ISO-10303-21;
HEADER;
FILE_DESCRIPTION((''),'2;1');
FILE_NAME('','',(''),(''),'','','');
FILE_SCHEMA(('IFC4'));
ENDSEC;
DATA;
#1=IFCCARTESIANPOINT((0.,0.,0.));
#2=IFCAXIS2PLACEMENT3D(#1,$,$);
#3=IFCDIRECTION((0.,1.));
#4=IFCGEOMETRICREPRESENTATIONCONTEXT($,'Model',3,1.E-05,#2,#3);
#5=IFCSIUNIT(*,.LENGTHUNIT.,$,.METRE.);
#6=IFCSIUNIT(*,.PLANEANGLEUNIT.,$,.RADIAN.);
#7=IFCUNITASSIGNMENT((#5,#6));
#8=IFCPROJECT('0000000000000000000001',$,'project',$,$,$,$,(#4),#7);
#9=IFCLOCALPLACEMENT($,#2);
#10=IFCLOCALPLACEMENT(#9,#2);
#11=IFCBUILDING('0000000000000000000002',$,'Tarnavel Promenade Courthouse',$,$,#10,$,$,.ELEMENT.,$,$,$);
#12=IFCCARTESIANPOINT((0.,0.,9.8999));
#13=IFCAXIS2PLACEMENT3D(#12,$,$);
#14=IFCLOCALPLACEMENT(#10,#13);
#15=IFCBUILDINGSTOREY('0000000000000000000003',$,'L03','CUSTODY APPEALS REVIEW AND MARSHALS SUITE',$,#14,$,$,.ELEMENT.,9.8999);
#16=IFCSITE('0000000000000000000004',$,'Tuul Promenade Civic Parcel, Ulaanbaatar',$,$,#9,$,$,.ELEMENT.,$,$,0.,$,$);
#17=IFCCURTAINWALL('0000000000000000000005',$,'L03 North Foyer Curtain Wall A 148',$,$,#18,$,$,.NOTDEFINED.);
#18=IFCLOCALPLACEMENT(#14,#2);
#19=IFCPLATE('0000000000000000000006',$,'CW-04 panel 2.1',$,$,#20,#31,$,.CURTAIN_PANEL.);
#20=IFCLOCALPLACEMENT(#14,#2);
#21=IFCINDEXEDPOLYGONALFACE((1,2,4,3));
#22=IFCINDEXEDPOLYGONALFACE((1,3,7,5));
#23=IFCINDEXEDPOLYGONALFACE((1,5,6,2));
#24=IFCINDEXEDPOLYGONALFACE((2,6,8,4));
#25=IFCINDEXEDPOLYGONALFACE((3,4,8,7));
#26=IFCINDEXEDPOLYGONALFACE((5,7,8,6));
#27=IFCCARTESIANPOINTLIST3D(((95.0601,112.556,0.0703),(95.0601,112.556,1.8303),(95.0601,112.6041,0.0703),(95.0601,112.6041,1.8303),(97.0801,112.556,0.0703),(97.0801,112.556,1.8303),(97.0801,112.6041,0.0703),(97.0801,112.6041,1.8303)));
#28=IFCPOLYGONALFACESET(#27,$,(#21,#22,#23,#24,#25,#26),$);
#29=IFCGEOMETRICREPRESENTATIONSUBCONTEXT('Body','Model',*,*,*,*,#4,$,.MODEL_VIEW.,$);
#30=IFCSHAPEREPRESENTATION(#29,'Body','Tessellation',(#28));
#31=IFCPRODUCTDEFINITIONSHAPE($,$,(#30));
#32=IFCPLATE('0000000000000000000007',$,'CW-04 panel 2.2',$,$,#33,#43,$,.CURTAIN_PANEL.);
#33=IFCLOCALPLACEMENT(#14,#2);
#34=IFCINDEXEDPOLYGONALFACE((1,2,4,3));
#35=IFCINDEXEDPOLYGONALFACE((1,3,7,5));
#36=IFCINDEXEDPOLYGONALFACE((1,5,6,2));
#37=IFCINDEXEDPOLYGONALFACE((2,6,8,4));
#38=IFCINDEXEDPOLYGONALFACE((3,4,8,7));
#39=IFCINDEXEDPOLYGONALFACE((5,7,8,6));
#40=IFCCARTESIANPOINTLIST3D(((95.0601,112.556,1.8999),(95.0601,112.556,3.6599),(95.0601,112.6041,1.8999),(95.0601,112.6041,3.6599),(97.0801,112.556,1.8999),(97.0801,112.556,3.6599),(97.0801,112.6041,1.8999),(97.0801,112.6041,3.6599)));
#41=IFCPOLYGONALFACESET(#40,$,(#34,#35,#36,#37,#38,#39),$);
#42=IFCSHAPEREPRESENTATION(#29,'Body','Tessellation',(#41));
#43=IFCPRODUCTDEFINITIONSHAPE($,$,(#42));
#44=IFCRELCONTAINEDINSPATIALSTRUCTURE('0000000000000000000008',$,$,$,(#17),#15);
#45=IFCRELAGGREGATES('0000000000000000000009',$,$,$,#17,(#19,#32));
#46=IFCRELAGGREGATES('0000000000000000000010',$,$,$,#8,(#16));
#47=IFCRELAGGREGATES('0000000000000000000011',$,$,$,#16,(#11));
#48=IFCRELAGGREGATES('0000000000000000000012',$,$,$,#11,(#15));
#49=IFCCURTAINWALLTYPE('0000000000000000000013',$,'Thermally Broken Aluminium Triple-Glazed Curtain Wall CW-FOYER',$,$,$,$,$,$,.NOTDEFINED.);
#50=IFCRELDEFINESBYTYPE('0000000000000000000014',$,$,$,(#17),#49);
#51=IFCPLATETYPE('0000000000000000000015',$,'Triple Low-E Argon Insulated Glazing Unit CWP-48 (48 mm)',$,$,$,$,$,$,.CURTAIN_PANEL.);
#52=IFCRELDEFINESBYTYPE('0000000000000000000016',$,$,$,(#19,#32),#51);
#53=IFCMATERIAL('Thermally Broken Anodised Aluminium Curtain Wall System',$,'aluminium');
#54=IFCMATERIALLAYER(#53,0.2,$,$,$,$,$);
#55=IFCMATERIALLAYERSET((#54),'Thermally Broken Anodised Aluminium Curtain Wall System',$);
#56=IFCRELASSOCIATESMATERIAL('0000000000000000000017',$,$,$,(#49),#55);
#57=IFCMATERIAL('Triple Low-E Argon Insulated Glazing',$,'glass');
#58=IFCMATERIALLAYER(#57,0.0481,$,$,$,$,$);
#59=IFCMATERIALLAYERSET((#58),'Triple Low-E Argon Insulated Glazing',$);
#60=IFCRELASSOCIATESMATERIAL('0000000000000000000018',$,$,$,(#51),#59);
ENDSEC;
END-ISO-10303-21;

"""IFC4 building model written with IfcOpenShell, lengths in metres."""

from ifc_helpers import new_model, si_unit, direction, frame, origin, origin_2d, place, context, subcontext, project, spatial, rectangle, extrude, material, layer, layer_set, type_object, element, aggregate, save


model = new_model("IFC4")

# Units and contexts
model_context = context("Model", 3, precision=1e-05, world=origin(), true_north=direction((0.0, 1.0)))
body_context = subcontext(model_context, "Body", "Model", "MODEL_VIEW")
ifc_project = project(units=[si_unit("LENGTHUNIT", "METRE"), si_unit("PLANEANGLEUNIT", "RADIAN")], contexts=[model_context])

# Site, building, storey
site_placement = place(None, origin())
site = spatial("IfcSite", under=ifc_project, at=site_placement, Name="Tuul Promenade Civic Parcel, Ulaanbaatar", CompositionType="ELEMENT", RefElevation=0.0)
building_placement = place(site_placement, origin())
building = spatial("IfcBuilding", under=site, at=building_placement, Name="Tarnavel Promenade Courthouse", CompositionType="ELEMENT")
storey_placement = place(building_placement, frame((0.0, 0.0, 9.8999)))
storey = spatial("IfcBuildingStorey", under=building, at=storey_placement, Name="L03", Description="CUSTODY APPEALS REVIEW AND MARSHALS SUITE", CompositionType="ELEMENT", Elevation=9.8999)

# Shared definitions
ifc_material_1 = material(Name="Thermally Broken Anodised Aluminium Curtain Wall System", Category="aluminium")
ifc_layer_1 = layer(ifc_material_1, 0.2)
ifc_layer_set_1 = layer_set([ifc_layer_1], Name="Thermally Broken Anodised Aluminium Curtain Wall System")
curtain_wall_type = type_object("IfcCurtainWallType", Name="Thermally Broken Aluminium Triple-Glazed Curtain Wall CW-FOYER", PredefinedType="NOTDEFINED", material=ifc_layer_set_1)

# Curtain wall
curtain_wall_1_placement = place(storey_placement, origin())
curtain_wall_1 = element("IfcCurtainWall", 1, at=curtain_wall_1_placement, inside=storey, type_object=curtain_wall_type, Name="L03 North Foyer Curtain Wall A 148", PredefinedType="NOTDEFINED")

# Plates
ifc_material_2 = material(Name="Triple Low-E Argon Insulated Glazing", Category="glass")
ifc_layer_2 = layer(ifc_material_2, 0.0481)
ifc_layer_set_2 = layer_set([ifc_layer_2], Name="Triple Low-E Argon Insulated Glazing")
plate_type = type_object("IfcPlateType", Name="Triple Low-E Argon Insulated Glazing Unit CWP-48 (48 mm)", PredefinedType="CURTAIN_PANEL", material=ifc_layer_set_2)
plate_1_placement = place(storey_placement, frame((96.0701, 112.5801, 0.0703), z_axis=(0.0, 0.0, 1.0), x_axis=(1.0, 0.0, 0.0)))
plate_1 = element("IfcPlate", 2, at=plate_1_placement, type_object=plate_type, Name="CW-04 panel 2.1", PredefinedType="CURTAIN_PANEL", context=body_context, shape_type="SweptSolid", body=[
    extrude(rectangle(XDim=2.02, YDim=0.0481, at=origin_2d()), origin(), (0.0, 0.0, 1.0), 1.76),
])
plate_2_placement = place(storey_placement, frame((96.0701, 112.5801, 1.8999), z_axis=(0.0, 0.0, 1.0), x_axis=(1.0, 0.0, 0.0)))
plate_2 = element("IfcPlate", 3, at=plate_2_placement, type_object=plate_type, Name="CW-04 panel 2.2", PredefinedType="CURTAIN_PANEL", context=body_context, shape_type="SweptSolid", body=[
    extrude(rectangle(XDim=2.02, YDim=0.0481, at=origin_2d()), origin(), (0.0, 0.0, 1.0), 1.76),
])
aggregate(curtain_wall_1, [plate_1, plate_2])

save(model, "model.ifc")
